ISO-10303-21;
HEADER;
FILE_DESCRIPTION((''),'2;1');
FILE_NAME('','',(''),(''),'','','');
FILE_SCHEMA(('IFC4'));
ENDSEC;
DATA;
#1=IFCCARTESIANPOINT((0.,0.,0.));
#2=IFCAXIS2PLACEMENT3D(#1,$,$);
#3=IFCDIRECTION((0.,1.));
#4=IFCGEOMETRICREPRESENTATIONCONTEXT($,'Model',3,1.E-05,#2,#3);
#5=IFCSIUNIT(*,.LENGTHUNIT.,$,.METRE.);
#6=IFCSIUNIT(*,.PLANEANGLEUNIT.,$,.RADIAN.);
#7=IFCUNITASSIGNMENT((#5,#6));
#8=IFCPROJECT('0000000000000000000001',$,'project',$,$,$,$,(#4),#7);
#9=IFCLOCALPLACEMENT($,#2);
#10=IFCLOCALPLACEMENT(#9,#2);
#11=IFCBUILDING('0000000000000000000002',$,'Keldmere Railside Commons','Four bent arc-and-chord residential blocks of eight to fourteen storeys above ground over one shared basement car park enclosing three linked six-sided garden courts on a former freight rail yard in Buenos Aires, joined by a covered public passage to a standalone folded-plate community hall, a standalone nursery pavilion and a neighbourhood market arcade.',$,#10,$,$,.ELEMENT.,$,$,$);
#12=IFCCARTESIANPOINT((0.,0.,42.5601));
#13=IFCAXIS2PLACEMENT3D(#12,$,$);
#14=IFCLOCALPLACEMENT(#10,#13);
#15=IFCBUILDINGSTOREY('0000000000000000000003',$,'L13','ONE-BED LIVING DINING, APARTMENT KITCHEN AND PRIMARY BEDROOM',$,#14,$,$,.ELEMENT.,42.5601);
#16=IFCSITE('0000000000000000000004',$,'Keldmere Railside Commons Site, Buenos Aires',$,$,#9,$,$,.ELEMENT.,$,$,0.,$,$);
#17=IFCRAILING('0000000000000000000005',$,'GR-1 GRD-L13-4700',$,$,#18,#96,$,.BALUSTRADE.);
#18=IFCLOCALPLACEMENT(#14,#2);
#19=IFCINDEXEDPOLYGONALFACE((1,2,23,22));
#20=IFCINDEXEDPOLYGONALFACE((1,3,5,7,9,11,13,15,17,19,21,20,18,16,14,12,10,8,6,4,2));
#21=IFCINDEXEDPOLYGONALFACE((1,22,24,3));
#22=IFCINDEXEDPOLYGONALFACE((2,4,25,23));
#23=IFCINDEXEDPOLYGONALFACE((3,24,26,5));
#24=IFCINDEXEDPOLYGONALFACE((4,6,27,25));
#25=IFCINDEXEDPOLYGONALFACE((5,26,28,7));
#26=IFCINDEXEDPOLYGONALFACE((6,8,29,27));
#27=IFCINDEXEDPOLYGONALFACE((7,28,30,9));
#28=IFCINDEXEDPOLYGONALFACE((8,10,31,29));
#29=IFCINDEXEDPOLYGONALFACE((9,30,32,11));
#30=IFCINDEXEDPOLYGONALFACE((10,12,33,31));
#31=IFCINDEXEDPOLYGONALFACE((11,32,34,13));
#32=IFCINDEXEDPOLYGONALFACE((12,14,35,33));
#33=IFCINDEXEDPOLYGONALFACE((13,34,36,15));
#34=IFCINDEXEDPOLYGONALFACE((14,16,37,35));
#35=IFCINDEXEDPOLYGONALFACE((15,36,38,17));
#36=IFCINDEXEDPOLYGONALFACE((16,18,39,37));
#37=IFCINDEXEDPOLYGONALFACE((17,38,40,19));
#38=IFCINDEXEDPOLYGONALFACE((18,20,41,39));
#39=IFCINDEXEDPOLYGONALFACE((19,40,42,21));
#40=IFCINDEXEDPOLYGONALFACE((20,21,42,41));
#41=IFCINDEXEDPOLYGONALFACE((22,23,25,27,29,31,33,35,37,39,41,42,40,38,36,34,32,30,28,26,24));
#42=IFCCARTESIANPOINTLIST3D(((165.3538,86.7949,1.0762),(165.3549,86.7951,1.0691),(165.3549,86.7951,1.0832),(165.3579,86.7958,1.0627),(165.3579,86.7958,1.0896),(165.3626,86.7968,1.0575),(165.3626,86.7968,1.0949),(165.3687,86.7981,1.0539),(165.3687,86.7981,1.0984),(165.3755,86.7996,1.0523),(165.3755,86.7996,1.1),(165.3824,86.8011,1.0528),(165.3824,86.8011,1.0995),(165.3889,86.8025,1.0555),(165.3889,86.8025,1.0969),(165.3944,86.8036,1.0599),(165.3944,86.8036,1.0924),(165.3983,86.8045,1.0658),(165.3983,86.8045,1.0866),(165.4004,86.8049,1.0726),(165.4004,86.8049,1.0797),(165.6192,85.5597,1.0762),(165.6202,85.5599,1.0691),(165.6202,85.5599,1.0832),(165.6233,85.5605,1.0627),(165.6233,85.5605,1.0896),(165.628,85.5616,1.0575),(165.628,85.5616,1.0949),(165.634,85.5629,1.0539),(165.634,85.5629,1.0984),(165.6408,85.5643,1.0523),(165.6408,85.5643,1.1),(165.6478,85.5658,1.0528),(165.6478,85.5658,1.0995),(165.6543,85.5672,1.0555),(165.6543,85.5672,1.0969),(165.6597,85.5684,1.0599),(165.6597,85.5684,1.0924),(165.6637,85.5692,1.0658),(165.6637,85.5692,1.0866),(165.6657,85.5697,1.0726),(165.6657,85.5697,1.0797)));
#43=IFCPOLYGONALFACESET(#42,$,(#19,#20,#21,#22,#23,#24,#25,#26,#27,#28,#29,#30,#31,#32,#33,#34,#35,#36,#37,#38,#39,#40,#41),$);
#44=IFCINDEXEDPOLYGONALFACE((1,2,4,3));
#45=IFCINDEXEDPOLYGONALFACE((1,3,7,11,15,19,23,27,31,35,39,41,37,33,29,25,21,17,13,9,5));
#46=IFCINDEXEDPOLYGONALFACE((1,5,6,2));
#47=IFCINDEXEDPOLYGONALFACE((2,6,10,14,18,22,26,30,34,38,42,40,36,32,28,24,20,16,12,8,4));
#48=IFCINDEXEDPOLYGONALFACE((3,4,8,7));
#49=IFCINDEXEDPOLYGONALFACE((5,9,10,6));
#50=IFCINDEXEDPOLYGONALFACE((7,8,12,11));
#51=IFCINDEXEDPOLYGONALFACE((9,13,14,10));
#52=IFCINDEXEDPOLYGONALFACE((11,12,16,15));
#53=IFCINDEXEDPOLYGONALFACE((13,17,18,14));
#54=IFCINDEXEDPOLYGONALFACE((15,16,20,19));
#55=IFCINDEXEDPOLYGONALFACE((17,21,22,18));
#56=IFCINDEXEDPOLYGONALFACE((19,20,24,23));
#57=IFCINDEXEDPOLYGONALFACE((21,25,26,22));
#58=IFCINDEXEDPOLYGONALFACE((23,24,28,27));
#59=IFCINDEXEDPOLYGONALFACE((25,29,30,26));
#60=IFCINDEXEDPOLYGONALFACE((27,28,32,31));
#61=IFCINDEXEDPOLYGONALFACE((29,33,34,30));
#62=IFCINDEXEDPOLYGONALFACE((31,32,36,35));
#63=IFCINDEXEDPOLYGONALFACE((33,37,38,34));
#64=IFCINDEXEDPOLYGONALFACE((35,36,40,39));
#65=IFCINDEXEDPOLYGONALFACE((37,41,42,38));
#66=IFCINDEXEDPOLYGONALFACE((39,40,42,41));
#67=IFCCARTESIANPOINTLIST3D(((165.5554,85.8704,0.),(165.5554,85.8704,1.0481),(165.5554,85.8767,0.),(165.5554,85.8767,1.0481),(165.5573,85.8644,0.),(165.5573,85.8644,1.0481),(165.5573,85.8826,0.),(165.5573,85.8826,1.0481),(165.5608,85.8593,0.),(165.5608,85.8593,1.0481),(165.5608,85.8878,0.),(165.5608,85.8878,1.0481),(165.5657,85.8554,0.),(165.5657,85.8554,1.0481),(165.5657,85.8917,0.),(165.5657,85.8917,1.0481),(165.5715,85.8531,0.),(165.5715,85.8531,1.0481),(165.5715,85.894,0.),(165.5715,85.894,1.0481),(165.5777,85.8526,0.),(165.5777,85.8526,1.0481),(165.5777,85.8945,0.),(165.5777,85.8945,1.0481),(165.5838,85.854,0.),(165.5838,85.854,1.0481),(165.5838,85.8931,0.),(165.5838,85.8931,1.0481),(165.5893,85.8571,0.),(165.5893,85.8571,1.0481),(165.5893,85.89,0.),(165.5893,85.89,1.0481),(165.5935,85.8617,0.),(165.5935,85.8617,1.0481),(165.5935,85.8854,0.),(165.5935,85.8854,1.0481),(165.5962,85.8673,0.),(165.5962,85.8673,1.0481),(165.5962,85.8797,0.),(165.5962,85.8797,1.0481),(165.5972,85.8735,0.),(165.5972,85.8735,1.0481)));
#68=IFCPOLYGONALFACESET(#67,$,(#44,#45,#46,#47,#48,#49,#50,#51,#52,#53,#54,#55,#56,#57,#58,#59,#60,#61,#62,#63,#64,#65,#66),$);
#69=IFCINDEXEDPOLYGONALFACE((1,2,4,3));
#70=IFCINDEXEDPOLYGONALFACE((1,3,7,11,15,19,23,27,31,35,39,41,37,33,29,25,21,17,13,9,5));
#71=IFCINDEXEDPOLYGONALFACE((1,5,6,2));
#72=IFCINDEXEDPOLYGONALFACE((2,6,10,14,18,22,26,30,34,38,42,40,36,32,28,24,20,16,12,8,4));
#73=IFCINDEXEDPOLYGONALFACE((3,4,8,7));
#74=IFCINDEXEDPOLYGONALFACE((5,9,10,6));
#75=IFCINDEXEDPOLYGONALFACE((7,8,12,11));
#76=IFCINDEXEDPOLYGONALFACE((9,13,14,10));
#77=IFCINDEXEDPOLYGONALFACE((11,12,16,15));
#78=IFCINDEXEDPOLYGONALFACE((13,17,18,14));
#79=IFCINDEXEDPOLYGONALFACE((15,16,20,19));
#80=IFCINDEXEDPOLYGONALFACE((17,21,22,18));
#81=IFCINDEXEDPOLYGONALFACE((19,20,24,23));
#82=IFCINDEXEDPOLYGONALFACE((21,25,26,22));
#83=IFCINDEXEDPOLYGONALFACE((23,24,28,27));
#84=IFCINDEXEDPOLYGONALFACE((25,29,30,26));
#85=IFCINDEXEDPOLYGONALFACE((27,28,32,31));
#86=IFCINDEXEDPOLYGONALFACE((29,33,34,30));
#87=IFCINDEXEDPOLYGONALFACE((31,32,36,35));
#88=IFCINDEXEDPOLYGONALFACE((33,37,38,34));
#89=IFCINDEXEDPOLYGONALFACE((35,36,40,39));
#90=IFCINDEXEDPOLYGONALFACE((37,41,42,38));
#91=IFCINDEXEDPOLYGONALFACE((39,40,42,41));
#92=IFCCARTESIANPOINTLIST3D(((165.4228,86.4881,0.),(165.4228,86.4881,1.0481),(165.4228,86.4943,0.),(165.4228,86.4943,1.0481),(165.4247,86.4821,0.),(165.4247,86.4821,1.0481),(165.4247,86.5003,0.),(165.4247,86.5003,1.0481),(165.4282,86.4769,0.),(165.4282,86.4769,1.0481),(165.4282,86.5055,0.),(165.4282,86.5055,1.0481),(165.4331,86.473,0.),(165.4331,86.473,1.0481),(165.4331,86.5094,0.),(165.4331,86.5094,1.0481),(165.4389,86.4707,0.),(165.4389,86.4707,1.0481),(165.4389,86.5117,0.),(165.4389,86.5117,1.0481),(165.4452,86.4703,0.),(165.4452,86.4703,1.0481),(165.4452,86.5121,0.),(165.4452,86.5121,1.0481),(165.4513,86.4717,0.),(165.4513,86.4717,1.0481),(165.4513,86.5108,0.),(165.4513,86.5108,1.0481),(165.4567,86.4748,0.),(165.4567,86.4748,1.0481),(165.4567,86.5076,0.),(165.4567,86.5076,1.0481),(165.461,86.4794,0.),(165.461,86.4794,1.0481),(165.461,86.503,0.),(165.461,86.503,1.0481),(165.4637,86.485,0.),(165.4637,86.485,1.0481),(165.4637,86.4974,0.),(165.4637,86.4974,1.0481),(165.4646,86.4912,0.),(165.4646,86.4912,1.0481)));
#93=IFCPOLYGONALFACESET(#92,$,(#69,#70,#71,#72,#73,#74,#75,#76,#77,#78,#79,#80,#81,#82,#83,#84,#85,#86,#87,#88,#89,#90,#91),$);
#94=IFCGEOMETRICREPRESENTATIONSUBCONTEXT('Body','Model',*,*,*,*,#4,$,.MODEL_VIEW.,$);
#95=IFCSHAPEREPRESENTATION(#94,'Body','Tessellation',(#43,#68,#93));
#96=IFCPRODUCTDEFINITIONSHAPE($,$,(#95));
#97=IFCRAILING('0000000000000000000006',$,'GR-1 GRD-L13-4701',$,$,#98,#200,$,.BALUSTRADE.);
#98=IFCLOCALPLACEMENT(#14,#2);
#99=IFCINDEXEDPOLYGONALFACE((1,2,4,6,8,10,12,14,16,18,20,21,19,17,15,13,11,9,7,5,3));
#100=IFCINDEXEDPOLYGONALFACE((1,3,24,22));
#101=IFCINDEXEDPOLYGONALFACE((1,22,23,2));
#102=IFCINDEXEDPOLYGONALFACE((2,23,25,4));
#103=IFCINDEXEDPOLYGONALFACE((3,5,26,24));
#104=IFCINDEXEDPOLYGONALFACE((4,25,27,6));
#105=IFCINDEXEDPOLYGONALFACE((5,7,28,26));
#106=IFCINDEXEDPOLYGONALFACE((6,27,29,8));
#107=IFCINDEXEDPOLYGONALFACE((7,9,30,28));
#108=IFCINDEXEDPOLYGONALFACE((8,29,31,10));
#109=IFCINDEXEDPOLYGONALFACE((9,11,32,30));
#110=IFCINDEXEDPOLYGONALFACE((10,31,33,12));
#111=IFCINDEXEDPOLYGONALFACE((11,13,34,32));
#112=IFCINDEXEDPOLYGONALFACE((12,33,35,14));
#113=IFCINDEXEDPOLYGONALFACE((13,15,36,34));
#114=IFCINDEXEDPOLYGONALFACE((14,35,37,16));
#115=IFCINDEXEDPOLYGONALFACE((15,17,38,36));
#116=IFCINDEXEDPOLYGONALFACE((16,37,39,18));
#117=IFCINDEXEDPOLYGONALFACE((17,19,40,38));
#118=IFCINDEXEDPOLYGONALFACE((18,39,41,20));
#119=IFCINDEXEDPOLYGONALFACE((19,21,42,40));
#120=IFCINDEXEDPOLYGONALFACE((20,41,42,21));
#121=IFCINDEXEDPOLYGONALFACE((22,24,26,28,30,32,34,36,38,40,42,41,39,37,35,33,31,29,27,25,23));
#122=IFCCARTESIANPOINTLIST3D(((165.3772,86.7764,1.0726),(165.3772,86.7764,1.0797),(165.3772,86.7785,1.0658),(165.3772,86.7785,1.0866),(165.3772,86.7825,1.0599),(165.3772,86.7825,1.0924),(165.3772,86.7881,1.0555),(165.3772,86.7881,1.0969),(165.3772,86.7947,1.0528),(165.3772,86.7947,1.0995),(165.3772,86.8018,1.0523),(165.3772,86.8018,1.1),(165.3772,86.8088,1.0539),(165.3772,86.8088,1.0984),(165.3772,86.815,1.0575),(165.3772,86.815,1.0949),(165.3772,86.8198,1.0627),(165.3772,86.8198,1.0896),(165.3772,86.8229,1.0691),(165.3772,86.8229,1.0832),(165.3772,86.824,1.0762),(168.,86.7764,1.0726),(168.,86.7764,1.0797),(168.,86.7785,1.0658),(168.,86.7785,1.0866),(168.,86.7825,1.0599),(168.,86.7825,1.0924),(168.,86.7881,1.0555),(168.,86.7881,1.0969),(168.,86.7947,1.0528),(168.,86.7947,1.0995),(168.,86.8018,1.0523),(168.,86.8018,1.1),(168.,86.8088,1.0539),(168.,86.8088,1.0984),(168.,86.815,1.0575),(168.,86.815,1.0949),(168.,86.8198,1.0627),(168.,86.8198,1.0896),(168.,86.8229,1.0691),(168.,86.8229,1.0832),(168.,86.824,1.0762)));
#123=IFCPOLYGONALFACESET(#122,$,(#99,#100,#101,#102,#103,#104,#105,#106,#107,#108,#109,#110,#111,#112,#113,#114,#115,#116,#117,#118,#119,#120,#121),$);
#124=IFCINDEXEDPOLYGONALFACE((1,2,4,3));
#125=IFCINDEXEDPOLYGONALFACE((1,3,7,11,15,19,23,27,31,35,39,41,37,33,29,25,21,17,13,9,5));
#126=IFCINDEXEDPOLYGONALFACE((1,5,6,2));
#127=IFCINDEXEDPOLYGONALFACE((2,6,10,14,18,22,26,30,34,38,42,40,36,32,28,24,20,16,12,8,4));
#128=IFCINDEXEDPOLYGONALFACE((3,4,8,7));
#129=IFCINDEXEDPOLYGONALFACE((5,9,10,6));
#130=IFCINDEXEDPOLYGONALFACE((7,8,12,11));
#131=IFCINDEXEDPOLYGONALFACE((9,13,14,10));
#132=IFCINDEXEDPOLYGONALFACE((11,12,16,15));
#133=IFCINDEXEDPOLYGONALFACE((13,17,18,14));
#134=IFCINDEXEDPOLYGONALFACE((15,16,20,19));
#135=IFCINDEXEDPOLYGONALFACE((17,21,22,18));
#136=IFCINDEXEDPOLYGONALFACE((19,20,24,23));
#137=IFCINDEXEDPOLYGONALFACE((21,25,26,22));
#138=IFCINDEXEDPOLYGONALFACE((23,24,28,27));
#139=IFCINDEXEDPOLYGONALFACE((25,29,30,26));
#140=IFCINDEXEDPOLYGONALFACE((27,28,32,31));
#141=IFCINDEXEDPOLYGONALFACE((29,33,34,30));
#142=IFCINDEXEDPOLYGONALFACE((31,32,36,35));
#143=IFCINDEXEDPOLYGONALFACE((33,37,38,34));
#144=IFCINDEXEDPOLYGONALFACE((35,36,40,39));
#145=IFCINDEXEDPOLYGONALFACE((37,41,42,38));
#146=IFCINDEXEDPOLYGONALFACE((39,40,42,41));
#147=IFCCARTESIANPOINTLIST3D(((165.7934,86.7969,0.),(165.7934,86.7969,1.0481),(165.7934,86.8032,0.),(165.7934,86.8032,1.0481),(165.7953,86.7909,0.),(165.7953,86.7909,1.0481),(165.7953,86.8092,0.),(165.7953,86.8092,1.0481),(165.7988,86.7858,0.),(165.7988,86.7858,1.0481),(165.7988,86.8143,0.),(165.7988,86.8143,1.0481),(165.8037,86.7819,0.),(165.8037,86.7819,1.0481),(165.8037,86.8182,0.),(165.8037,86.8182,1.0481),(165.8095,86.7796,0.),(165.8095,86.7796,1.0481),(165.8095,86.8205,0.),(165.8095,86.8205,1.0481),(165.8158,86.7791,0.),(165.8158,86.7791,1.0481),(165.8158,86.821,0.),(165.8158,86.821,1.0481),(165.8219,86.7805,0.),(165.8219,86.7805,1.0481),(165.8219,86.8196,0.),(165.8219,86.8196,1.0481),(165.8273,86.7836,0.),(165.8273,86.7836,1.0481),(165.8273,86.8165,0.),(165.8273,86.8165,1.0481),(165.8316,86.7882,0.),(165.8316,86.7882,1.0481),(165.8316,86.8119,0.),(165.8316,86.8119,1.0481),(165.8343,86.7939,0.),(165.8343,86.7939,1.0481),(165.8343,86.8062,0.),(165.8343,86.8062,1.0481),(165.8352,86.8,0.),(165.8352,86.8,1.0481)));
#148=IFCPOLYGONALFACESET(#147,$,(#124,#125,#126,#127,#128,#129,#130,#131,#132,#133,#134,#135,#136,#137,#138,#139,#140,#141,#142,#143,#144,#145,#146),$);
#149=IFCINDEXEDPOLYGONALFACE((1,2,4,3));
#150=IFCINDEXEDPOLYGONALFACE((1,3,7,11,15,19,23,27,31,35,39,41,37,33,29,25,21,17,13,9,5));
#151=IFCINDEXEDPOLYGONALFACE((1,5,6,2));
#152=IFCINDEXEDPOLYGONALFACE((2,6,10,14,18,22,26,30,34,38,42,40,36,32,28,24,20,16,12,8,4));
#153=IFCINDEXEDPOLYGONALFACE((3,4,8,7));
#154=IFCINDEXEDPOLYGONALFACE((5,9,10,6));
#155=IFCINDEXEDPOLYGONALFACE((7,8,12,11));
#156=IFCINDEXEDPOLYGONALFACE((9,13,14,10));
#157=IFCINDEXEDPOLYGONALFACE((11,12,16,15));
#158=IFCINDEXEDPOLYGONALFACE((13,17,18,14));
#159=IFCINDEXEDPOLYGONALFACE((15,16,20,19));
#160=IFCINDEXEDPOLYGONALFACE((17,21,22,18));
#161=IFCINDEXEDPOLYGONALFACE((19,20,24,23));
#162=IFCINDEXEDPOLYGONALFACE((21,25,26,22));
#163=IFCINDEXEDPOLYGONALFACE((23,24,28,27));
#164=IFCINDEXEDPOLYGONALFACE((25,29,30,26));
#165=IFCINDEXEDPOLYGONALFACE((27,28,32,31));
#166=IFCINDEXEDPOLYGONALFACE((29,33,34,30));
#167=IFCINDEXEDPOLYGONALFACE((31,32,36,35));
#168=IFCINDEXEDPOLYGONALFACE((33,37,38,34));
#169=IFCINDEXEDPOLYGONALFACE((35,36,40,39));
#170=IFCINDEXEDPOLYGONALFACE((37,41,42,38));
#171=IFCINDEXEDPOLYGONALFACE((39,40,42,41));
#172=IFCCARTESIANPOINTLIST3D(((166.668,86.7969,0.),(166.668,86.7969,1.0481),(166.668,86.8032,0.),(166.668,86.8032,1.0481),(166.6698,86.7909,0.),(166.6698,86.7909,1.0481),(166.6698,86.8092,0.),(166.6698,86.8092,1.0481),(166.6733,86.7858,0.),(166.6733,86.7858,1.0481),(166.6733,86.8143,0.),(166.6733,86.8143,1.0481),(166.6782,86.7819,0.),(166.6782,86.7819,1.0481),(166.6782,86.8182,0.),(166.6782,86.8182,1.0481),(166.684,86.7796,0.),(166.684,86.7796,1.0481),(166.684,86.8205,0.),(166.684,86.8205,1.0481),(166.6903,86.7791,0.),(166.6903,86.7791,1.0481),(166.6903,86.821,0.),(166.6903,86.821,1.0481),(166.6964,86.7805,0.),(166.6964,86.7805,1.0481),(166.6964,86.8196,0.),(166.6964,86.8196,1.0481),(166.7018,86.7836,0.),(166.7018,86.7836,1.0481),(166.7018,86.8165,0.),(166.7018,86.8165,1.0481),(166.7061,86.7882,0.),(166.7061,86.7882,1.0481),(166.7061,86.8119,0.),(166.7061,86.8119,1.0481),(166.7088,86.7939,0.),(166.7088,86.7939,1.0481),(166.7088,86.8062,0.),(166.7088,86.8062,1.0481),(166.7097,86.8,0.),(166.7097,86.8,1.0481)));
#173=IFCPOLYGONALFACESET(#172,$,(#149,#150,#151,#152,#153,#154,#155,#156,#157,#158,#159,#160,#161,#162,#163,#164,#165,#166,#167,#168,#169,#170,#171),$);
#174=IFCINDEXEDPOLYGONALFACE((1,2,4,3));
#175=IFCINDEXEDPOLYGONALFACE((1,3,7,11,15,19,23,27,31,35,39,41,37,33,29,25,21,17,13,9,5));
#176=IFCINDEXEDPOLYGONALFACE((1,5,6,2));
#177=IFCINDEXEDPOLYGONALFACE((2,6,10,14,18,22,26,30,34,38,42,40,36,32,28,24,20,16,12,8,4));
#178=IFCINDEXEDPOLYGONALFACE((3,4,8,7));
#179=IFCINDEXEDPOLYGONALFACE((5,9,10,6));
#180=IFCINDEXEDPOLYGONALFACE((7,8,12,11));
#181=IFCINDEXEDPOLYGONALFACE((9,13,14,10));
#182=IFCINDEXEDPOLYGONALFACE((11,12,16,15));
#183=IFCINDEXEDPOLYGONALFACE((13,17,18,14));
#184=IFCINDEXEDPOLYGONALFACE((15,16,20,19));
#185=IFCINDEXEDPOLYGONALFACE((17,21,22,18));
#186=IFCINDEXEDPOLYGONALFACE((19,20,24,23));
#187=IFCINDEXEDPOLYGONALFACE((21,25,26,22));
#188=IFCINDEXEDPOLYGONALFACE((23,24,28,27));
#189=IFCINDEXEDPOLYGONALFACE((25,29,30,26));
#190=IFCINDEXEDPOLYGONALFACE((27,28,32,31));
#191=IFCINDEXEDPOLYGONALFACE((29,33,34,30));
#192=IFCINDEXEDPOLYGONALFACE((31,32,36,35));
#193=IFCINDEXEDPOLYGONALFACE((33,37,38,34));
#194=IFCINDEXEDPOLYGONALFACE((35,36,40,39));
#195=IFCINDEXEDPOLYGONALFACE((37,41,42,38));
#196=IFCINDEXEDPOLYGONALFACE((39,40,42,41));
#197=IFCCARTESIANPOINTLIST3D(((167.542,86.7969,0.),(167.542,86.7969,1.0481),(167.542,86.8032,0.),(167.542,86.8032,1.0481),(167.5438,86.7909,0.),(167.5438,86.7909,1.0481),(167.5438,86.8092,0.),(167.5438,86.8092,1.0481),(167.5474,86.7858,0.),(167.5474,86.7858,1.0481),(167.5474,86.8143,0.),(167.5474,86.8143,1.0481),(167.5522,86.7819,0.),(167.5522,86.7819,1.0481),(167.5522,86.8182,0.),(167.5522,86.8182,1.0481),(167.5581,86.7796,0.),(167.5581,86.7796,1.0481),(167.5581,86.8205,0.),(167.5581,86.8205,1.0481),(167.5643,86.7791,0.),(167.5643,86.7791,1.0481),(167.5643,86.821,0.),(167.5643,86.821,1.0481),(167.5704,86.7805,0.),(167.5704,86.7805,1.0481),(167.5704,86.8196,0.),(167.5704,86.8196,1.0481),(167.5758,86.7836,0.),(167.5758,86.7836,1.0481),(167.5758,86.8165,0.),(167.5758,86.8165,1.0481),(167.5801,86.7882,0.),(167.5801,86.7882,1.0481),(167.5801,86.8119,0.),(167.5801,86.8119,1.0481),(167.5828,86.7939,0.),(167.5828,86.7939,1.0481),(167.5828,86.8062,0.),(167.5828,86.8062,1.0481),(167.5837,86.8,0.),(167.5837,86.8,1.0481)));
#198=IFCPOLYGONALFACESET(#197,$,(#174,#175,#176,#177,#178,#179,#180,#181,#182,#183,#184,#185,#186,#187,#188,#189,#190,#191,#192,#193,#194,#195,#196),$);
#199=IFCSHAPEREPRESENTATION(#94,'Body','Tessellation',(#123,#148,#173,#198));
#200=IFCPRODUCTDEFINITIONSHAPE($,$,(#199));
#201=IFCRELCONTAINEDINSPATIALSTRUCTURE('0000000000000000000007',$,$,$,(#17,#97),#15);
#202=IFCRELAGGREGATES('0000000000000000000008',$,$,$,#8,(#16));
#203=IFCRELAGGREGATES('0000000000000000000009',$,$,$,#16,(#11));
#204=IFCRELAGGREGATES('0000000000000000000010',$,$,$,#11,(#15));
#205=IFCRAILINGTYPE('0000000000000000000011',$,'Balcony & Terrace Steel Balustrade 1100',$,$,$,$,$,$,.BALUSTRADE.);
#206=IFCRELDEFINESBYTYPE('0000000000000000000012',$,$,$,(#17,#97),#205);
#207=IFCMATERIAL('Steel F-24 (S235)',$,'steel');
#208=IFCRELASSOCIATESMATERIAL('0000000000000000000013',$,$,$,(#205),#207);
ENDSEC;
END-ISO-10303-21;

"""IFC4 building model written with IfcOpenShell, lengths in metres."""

from ifc_helpers import new_model, si_unit, direction, frame, origin, origin_2d, place, context, subcontext, project, spatial, circle, extrude, material, type_object, element, save


model = new_model("IFC4")

# Units and contexts
model_context = context("Model", 3, precision=1e-05, world=origin(), true_north=direction((0.0, 1.0)))
body_context = subcontext(model_context, "Body", "Model", "MODEL_VIEW")
ifc_project = project(units=[si_unit("LENGTHUNIT", "METRE"), si_unit("PLANEANGLEUNIT", "RADIAN")], contexts=[model_context])

# Site, building, storey
site_placement = place(None, origin())
site = spatial("IfcSite", under=ifc_project, at=site_placement, Name="Keldmere Railside Commons Site, Buenos Aires", CompositionType="ELEMENT", RefElevation=0.0)
building_placement = place(site_placement, origin())
building = spatial("IfcBuilding", under=site, at=building_placement, Name="Keldmere Railside Commons", Description="Four bent arc-and-chord residential blocks of eight to fourteen storeys above ground over one shared basement car park enclosing three linked six-sided garden courts on a former freight rail yard in Buenos Aires, joined by a covered public passage to a standalone folded-plate community hall, a standalone nursery pavilion and a neighbourhood market arcade.", CompositionType="ELEMENT")
storey_placement = place(building_placement, frame((0.0, 0.0, 42.5601)))
storey = spatial("IfcBuildingStorey", under=building, at=storey_placement, Name="L13", Description="ONE-BED LIVING DINING, APARTMENT KITCHEN AND PRIMARY BEDROOM", CompositionType="ELEMENT", Elevation=42.5601)

# Railings
ifc_material_1 = material(Name="Steel F-24 (S235)", Category="steel")
railing_type = type_object("IfcRailingType", Name="Balcony & Terrace Steel Balustrade 1100", PredefinedType="BALUSTRADE", material=ifc_material_1)
railing_1_placement = place(storey_placement, frame((165.6426, 85.5647, 0.0)))
element("IfcRailing", 1, at=railing_1_placement, inside=storey, type_object=railing_type, Name="GR-1 GRD-L13-4700", PredefinedType="BALUSTRADE", context=body_context, shape_type="SweptSolid", body=[
    extrude(circle(Radius=0.0239, at=origin_2d()), frame((0.0, 0.0, 1.0762), z_axis=(-0.21003, 0.977695, 0.0), x_axis=(-0.977695, -0.21003, 0.0)), (0.0, 0.0, 1.0), 1.2634),
    extrude(circle(Radius=0.021, at=origin_2d()), frame((-0.0664, 0.3088, 0.0)), (0.0, 0.0, 1.0), 1.0481),
    extrude(circle(Radius=0.021, at=origin_2d()), frame((-0.199, 0.9265, 0.0)), (0.0, 0.0, 1.0), 1.0481),
])
railing_2_placement = place(storey_placement, frame((165.3772, 86.8, 0.0)))
element("IfcRailing", 2, at=railing_2_placement, inside=storey, type_object=railing_type, Name="GR-1 GRD-L13-4701", PredefinedType="BALUSTRADE", context=body_context, shape_type="SweptSolid", body=[
    extrude(circle(Radius=0.0239, at=origin_2d()), frame((0.0, 0.0, 1.0762), z_axis=(1.0, 0.0, 0.0), x_axis=(0.0, 1.0, 0.0)), (0.0, 0.0, 1.0), 2.6228),
    extrude(circle(Radius=0.021, at=origin_2d()), frame((0.437, 0.0, 0.0)), (0.0, 0.0, 1.0), 1.0481),
    extrude(circle(Radius=0.021, at=origin_2d()), frame((1.3115, 0.0, 0.0)), (0.0, 0.0, 1.0), 1.0481),
    extrude(circle(Radius=0.021, at=origin_2d()), frame((2.1855, 0.0, 0.0)), (0.0, 0.0, 1.0), 1.0481),
])

save(model, "model.ifc")
